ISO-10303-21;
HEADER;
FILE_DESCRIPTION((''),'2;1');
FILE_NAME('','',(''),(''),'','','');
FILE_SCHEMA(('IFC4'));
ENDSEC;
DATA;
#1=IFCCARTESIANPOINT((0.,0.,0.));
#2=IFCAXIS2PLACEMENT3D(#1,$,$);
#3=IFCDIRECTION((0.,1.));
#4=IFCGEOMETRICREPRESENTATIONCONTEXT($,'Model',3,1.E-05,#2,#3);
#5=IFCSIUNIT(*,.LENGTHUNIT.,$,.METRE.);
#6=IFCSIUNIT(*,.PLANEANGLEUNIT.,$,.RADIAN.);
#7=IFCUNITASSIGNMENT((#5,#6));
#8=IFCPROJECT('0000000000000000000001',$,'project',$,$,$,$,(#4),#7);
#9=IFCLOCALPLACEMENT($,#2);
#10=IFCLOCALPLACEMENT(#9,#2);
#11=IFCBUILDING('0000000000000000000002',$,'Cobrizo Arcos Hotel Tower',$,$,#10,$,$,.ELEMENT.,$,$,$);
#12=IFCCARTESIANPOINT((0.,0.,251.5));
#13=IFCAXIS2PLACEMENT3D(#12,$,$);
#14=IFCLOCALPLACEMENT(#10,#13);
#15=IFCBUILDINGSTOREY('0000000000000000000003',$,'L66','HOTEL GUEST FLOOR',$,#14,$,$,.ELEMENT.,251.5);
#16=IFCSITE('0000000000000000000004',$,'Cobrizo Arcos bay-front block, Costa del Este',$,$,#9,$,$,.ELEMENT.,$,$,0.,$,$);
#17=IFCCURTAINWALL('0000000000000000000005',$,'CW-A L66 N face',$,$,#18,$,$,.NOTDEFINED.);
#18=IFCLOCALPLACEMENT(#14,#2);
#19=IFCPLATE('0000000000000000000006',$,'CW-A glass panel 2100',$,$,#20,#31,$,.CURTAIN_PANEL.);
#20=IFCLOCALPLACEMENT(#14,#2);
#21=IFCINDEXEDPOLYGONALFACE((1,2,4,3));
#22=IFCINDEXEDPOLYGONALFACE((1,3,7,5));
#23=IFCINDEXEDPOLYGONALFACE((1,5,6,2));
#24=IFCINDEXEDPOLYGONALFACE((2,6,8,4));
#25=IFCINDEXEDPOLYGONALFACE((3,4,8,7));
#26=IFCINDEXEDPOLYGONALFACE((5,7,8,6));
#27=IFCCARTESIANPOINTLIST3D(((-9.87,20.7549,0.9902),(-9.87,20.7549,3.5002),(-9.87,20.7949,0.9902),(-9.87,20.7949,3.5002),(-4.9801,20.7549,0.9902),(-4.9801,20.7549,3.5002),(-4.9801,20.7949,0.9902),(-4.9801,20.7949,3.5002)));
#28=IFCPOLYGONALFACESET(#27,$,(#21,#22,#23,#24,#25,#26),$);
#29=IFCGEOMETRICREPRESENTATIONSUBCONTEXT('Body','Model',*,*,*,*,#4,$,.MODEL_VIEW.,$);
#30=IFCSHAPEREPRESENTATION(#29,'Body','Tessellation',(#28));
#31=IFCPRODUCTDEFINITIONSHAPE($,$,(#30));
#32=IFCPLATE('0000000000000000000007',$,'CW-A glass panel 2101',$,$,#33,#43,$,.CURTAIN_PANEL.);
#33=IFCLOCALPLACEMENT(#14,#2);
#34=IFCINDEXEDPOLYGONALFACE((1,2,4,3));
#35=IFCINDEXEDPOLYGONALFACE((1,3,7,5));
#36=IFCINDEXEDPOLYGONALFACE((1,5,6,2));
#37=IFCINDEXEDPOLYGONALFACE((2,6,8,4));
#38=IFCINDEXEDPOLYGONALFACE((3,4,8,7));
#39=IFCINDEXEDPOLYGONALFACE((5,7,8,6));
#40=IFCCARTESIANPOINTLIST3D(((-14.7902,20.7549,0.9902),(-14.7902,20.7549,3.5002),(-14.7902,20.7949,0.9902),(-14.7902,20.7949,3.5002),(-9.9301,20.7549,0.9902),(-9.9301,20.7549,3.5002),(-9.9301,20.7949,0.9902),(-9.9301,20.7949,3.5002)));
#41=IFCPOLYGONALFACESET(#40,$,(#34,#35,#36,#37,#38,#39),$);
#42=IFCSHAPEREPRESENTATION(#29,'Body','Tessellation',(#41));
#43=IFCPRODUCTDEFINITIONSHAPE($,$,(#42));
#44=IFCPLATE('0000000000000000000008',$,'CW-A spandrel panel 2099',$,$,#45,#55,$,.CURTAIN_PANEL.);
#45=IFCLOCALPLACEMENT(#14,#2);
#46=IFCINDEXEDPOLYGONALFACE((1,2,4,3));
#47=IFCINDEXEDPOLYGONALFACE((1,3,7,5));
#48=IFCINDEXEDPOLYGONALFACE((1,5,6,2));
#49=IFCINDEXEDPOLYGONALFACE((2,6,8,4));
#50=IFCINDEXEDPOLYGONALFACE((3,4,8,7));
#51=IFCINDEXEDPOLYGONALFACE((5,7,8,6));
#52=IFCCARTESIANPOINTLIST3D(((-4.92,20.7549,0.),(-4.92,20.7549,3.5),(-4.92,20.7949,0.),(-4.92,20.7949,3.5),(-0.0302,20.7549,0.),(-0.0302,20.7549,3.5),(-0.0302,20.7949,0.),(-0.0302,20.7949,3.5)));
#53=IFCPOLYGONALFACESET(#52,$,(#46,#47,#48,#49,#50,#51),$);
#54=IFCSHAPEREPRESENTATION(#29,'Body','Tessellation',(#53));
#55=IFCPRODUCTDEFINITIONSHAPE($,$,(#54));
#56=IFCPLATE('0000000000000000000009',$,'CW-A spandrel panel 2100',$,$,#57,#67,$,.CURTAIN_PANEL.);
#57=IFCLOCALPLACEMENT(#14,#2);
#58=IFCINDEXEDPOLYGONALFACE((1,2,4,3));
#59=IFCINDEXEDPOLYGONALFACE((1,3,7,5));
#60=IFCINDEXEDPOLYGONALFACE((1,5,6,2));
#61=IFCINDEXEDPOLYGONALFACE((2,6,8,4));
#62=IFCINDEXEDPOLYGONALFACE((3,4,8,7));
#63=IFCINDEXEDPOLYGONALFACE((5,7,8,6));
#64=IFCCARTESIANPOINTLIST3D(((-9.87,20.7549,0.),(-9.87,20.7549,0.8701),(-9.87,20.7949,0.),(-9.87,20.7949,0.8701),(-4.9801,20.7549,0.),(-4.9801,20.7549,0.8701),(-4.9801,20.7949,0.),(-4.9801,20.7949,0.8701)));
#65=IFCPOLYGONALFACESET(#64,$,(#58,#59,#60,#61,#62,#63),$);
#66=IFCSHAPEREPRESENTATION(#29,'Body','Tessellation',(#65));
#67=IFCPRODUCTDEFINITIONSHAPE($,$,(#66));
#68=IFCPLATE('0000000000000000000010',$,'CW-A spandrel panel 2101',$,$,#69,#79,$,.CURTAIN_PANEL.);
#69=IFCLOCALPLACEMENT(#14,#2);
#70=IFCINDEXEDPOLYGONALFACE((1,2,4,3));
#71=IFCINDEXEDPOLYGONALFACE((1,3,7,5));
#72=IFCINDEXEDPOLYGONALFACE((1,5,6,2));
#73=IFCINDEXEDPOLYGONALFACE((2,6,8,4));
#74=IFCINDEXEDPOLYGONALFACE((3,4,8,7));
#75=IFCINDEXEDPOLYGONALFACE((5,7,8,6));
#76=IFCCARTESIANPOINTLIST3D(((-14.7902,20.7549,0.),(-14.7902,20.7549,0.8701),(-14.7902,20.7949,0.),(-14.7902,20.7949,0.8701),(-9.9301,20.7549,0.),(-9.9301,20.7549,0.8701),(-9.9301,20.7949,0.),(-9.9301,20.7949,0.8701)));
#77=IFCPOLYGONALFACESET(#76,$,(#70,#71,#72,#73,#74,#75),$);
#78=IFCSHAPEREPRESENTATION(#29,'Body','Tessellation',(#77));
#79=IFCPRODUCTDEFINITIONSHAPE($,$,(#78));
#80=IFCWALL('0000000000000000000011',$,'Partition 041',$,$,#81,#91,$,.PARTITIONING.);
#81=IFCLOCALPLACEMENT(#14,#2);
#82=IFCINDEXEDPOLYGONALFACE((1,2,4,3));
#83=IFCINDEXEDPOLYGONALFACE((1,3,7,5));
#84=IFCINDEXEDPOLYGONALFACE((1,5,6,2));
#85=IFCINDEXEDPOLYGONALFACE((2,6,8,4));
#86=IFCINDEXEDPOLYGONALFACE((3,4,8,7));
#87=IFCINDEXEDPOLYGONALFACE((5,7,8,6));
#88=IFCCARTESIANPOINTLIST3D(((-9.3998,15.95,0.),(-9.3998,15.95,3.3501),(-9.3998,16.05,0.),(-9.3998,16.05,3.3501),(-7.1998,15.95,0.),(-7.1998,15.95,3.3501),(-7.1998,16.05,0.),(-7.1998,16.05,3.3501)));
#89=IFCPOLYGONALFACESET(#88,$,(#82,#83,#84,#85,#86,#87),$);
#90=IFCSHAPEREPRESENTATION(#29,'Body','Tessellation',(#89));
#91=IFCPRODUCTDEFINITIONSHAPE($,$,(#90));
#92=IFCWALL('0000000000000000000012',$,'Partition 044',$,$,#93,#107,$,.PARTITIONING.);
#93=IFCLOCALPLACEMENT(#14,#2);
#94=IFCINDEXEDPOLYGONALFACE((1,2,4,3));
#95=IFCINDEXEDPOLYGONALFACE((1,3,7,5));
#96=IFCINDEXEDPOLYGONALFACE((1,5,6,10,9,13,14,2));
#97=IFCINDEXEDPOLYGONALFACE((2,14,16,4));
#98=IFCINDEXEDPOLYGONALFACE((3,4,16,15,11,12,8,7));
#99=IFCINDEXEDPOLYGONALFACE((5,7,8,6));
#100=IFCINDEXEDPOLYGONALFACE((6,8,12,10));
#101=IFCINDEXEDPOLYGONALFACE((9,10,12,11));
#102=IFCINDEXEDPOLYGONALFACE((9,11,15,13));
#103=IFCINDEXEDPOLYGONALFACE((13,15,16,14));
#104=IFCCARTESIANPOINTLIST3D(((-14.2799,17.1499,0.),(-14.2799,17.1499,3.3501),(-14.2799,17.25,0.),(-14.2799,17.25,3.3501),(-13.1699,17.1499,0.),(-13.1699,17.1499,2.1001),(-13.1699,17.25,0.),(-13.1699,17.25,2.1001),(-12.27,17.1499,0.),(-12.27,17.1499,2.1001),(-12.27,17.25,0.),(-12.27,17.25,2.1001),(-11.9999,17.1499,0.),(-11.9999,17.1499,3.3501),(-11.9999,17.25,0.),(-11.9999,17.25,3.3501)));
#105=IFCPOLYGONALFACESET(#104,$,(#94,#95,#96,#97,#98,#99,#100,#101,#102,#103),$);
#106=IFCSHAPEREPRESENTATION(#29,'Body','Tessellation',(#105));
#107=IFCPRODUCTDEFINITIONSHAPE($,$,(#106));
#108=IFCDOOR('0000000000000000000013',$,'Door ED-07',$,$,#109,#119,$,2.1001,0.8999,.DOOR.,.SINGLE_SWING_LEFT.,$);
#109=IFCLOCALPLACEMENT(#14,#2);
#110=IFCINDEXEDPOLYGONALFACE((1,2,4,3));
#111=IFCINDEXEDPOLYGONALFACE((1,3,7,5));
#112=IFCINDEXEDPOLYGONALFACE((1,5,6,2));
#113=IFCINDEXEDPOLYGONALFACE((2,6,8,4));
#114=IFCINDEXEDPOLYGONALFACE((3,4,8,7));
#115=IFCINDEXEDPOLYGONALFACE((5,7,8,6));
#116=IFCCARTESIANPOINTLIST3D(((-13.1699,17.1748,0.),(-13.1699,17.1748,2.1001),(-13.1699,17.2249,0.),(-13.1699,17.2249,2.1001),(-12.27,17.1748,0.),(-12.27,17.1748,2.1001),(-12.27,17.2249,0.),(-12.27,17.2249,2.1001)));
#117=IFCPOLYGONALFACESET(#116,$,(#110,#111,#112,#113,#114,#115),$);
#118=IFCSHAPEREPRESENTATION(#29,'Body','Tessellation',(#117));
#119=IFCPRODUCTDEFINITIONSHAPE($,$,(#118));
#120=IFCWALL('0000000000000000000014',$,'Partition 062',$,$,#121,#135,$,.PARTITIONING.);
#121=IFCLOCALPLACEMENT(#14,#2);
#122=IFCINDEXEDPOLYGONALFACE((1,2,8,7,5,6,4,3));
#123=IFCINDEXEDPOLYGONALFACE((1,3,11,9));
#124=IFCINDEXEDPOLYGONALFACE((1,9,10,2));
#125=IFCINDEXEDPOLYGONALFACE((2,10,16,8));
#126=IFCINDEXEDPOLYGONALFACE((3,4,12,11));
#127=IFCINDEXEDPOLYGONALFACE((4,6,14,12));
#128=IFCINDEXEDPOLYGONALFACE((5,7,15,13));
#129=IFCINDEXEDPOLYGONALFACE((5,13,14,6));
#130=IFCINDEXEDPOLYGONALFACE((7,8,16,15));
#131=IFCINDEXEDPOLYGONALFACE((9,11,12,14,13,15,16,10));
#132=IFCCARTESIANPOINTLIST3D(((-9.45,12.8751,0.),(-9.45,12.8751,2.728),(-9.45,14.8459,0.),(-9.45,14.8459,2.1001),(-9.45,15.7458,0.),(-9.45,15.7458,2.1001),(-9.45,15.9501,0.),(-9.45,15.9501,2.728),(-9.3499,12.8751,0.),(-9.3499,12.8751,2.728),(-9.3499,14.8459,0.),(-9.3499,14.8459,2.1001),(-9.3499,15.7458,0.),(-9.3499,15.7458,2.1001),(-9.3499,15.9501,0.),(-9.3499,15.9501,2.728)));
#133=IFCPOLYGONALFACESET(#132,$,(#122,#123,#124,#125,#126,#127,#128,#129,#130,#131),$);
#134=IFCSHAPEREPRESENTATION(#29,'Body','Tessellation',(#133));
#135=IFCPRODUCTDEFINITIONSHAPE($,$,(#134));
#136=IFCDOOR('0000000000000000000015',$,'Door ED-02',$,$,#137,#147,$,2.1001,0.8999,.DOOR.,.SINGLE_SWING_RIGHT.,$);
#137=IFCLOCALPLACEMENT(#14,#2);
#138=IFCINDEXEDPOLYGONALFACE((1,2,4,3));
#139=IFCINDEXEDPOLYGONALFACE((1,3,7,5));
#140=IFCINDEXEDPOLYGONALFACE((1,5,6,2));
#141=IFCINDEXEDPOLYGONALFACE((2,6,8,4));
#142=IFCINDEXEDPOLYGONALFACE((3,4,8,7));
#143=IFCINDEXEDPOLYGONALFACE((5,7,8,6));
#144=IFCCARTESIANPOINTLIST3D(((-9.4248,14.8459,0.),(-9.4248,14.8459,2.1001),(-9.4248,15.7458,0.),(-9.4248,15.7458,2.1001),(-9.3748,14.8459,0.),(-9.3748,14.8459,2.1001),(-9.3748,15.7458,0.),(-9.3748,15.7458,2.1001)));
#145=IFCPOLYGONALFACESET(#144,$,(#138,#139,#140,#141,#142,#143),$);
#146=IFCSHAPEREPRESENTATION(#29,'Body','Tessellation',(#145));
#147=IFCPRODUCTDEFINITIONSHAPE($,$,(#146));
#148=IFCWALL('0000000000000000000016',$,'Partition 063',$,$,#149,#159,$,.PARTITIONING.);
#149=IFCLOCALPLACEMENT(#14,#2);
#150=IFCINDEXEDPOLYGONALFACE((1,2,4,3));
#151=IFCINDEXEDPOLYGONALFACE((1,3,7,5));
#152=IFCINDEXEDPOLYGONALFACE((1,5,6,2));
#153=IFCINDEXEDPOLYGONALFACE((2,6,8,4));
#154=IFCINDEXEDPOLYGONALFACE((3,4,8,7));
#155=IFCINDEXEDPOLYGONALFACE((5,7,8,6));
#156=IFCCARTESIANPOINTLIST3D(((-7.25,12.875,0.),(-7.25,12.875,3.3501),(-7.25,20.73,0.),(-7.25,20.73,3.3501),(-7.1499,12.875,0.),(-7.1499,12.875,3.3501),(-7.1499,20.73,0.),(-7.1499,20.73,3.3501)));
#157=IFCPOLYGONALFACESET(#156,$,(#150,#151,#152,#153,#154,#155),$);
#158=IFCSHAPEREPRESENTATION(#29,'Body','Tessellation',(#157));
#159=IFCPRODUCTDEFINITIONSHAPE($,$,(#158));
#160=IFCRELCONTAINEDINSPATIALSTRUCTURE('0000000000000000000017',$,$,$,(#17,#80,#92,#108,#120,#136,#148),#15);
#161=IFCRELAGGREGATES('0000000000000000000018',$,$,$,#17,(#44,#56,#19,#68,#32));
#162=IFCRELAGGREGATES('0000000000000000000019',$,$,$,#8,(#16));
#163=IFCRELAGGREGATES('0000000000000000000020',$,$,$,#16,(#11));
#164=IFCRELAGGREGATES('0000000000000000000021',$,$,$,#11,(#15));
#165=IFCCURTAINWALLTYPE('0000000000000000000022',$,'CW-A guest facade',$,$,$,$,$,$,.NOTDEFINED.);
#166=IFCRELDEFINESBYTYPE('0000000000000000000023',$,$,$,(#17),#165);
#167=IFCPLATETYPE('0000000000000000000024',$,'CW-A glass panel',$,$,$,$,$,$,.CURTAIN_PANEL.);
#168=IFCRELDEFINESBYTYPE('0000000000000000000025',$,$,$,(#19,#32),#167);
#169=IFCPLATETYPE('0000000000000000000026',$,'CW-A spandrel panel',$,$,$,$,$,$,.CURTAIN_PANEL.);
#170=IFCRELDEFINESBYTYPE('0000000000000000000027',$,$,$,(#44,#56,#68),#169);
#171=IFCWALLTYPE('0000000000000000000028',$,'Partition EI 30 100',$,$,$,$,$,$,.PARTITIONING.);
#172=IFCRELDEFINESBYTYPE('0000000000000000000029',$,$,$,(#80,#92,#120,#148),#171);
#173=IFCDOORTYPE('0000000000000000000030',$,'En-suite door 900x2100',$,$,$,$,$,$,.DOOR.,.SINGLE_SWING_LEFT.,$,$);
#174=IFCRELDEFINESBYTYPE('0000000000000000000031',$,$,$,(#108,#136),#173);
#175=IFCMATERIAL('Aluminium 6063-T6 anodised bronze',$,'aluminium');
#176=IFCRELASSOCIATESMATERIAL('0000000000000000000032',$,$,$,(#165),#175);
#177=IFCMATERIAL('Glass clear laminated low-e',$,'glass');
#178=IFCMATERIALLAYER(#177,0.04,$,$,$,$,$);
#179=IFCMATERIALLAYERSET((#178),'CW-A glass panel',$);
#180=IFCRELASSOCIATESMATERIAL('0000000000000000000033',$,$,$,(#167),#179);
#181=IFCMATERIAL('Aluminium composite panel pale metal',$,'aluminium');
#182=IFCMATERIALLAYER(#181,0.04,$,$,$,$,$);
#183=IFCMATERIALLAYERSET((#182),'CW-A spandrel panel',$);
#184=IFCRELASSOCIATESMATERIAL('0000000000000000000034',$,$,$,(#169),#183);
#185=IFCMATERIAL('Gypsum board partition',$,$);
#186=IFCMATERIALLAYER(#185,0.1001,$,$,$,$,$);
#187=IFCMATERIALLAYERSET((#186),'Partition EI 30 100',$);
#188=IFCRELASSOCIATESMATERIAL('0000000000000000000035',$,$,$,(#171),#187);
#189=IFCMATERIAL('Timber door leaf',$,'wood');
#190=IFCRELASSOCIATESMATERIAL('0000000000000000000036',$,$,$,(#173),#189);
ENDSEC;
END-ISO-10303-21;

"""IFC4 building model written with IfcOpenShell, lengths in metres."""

from ifc_helpers import new_model, si_unit, direction, frame, frame_2d, origin, origin_2d, place, context, subcontext, project, spatial, rectangle, extrude, material, layer, layer_set, type_object, element, fill, aggregate, save


model = new_model("IFC4")

# Units and contexts
model_context = context("Model", 3, precision=1e-05, world=origin(), true_north=direction((0.0, 1.0)))
body_context = subcontext(model_context, "Body", "Model", "MODEL_VIEW")
ifc_project = project(units=[si_unit("LENGTHUNIT", "METRE"), si_unit("PLANEANGLEUNIT", "RADIAN")], contexts=[model_context])

# Site, building, storey
site_placement = place(None, origin())
site = spatial("IfcSite", under=ifc_project, at=site_placement, Name="Cobrizo Arcos bay-front block, Costa del Este", CompositionType="ELEMENT", RefElevation=0.0)
building_placement = place(site_placement, origin())
building = spatial("IfcBuilding", under=site, at=building_placement, Name="Cobrizo Arcos Hotel Tower", CompositionType="ELEMENT")
storey_placement = place(building_placement, frame((0.0, 0.0, 251.5)))
storey = spatial("IfcBuildingStorey", under=building, at=storey_placement, Name="L66", Description="HOTEL GUEST FLOOR", CompositionType="ELEMENT", Elevation=251.5)

# Curtain wall
ifc_material_1 = material(Name="Aluminium 6063-T6 anodised bronze", Category="aluminium")
curtain_wall_type = type_object("IfcCurtainWallType", Name="CW-A guest facade", PredefinedType="NOTDEFINED", material=ifc_material_1)
curtain_wall_placement = place(storey_placement, origin())
curtain_wall = element("IfcCurtainWall", 1, at=curtain_wall_placement, inside=storey, type_object=curtain_wall_type, Name="CW-A L66 N face", PredefinedType="NOTDEFINED")

# Plates
ifc_material_2 = material(Name="Glass clear laminated low-e", Category="glass")
ifc_layer_1 = layer(ifc_material_2, 0.04)
ifc_layer_set_1 = layer_set([ifc_layer_1], Name="CW-A glass panel")
plate_type_1 = type_object("IfcPlateType", Name="CW-A glass panel", PredefinedType="CURTAIN_PANEL", material=ifc_layer_set_1)
plate_1_placement = place(storey_placement, frame((-7.425, 20.7749, 0.9902), z_axis=(0.0, 0.0, 1.0), x_axis=(-1.0, 0.0, 0.0)))
plate_1 = element("IfcPlate", 2, at=plate_1_placement, type_object=plate_type_1, Name="CW-A glass panel 2100", PredefinedType="CURTAIN_PANEL", context=body_context, shape_type="SweptSolid", body=[
    extrude(rectangle(XDim=4.8899, YDim=0.04, at=origin_2d()), origin(), (0.0, 0.0, 1.0), 2.51),
])
plate_2_placement = place(storey_placement, frame((-12.3601, 20.7749, 0.9902), z_axis=(0.0, 0.0, 1.0), x_axis=(-1.0, 0.0, 0.0)))
plate_2 = element("IfcPlate", 3, at=plate_2_placement, type_object=plate_type_1, Name="CW-A glass panel 2101", PredefinedType="CURTAIN_PANEL", context=body_context, shape_type="SweptSolid", body=[
    extrude(rectangle(XDim=4.8601, YDim=0.04, at=origin_2d()), origin(), (0.0, 0.0, 1.0), 2.51),
])
ifc_material_3 = material(Name="Aluminium composite panel pale metal", Category="aluminium")
ifc_layer_2 = layer(ifc_material_3, 0.04)
ifc_layer_set_2 = layer_set([ifc_layer_2], Name="CW-A spandrel panel")
plate_type_2 = type_object("IfcPlateType", Name="CW-A spandrel panel", PredefinedType="CURTAIN_PANEL", material=ifc_layer_set_2)
plate_3_placement = place(storey_placement, frame((-2.4751, 20.7749, 0.0), z_axis=(0.0, 0.0, 1.0), x_axis=(-1.0, 0.0, 0.0)))
plate_3 = element("IfcPlate", 4, at=plate_3_placement, type_object=plate_type_2, Name="CW-A spandrel panel 2099", PredefinedType="CURTAIN_PANEL", context=body_context, shape_type="SweptSolid", body=[
    extrude(rectangle(XDim=4.8899, YDim=0.04, at=origin_2d()), origin(), (0.0, 0.0, 1.0), 3.5),
])
plate_4_placement = place(storey_placement, frame((-7.425, 20.7749, 0.0), z_axis=(0.0, 0.0, 1.0), x_axis=(-1.0, 0.0, 0.0)))
plate_4 = element("IfcPlate", 5, at=plate_4_placement, type_object=plate_type_2, Name="CW-A spandrel panel 2100", PredefinedType="CURTAIN_PANEL", context=body_context, shape_type="SweptSolid", body=[
    extrude(rectangle(XDim=4.8899, YDim=0.04, at=origin_2d()), origin(), (0.0, 0.0, 1.0), 0.8701),
])
plate_5_placement = place(storey_placement, frame((-12.3601, 20.7749, 0.0), z_axis=(0.0, 0.0, 1.0), x_axis=(-1.0, 0.0, 0.0)))
plate_5 = element("IfcPlate", 6, at=plate_5_placement, type_object=plate_type_2, Name="CW-A spandrel panel 2101", PredefinedType="CURTAIN_PANEL", context=body_context, shape_type="SweptSolid", body=[
    extrude(rectangle(XDim=4.8601, YDim=0.04, at=origin_2d()), origin(), (0.0, 0.0, 1.0), 0.8701),
])
aggregate(curtain_wall, [plate_3, plate_4, plate_1, plate_5, plate_2])

# Wall
ifc_material_4 = material(Name="Gypsum board partition")
ifc_layer_3 = layer(ifc_material_4, 0.1001)
ifc_layer_set_3 = layer_set([ifc_layer_3], Name="Partition EI 30 100")
wall_type = type_object("IfcWallType", Name="Partition EI 30 100", PredefinedType="PARTITIONING", material=ifc_layer_set_3)
wall_1_placement = place(storey_placement, frame((-9.3999, 16.0, 0.0), z_axis=(0.0, 0.0, 1.0), x_axis=(1.0, 0.0, 0.0)))
element("IfcWall", 7, at=wall_1_placement, inside=storey, type_object=wall_type, Name="Partition 041", PredefinedType="PARTITIONING", context=body_context, shape_type="SweptSolid", body=[
    extrude(rectangle(XDim=2.2, YDim=0.1001, at=frame_2d((1.1001, 0.0))), origin(), (0.0, 0.0, 1.0), 3.3501),
])

# Walls, openings, doors
wall_2_placement = place(storey_placement, frame((-14.28, 17.2, 0.0), z_axis=(0.0, 0.0, 1.0), x_axis=(1.0, 0.0, 0.0)))
wall_2 = element("IfcWall", 8, at=wall_2_placement, inside=storey, type_object=wall_type, Name="Partition 044", PredefinedType="PARTITIONING", context=body_context, shape_type="SweptSolid", body=[
    extrude(rectangle(XDim=2.28, YDim=0.1001, at=frame_2d((1.1401, 0.0))), origin(), (0.0, 0.0, 1.0), 3.3501),
])
opening_1_placement = place(wall_2_placement, frame((1.1101, 0.0, 0.0)))
opening_1 = element("IfcOpeningElement", 9, at=opening_1_placement, cuts=wall_2, PredefinedType="OPENING", context=body_context, shape_type="SweptSolid", body=[
    extrude(rectangle(XDim=0.8999, YDim=2.1001, at=frame_2d((0.45, 1.05))), frame((0.0, 0.062, 0.0), z_axis=(0.0, -1.0, 0.0), x_axis=(1.0, 0.0, 0.0)), (0.0, 0.0, 1.0), 0.124),
])
ifc_material_5 = material(Name="Timber door leaf", Category="wood")
door_type_1 = type_object("IfcDoorType", Name="En-suite door 900x2100", OperationType="SINGLE_SWING_LEFT", PredefinedType="DOOR", material=ifc_material_5)
door_1_placement = place(opening_1_placement, origin())
door_1 = element("IfcDoor", 10, at=door_1_placement, inside=storey, type_object=door_type_1, Name="Door ED-07", OperationType="SINGLE_SWING_LEFT", OverallHeight=2.1001, OverallWidth=0.8999, PredefinedType="DOOR", context=body_context, shape_type="SweptSolid", body=[
    extrude(rectangle(XDim=0.8999, YDim=2.1001, at=frame_2d((0.45, 1.05))), frame((0.0, 0.0249, 0.0), z_axis=(0.0, -1.0, 0.0), x_axis=(1.0, 0.0, 0.0)), (0.0, 0.0, 1.0), 0.05),
])
fill(opening_1, door_1)
wall_3_placement = place(storey_placement, frame((-9.3999, 12.875, 0.0), z_axis=(0.0, 0.0, 1.0), x_axis=(0.0, 1.0, 0.0)))
wall_3 = element("IfcWall", 11, at=wall_3_placement, inside=storey, type_object=wall_type, Name="Partition 062", PredefinedType="PARTITIONING", context=body_context, shape_type="SweptSolid", body=[
    extrude(rectangle(XDim=3.075, YDim=0.1001, at=frame_2d((1.5376, 0.0))), origin(), (0.0, 0.0, 1.0), 2.728),
])
opening_2_placement = place(wall_3_placement, frame((1.9709, 0.0, 0.0)))
opening_2 = element("IfcOpeningElement", 12, at=opening_2_placement, cuts=wall_3, PredefinedType="OPENING", context=body_context, shape_type="SweptSolid", body=[
    extrude(rectangle(XDim=0.8999, YDim=2.1001, at=frame_2d((0.45, 1.05))), frame((0.0, 0.062, 0.0), z_axis=(0.0, -1.0, 0.0), x_axis=(1.0, 0.0, 0.0)), (0.0, 0.0, 1.0), 0.124),
])
door_2_placement = place(opening_2_placement, origin())
door_2 = element("IfcDoor", 13, at=door_2_placement, inside=storey, type_object=door_type_1, Name="Door ED-02", OperationType="SINGLE_SWING_RIGHT", OverallHeight=2.1001, OverallWidth=0.8999, PredefinedType="DOOR", context=body_context, shape_type="SweptSolid", body=[
    extrude(rectangle(XDim=0.8999, YDim=2.1001, at=frame_2d((0.45, 1.05))), frame((0.0, 0.0249, 0.0), z_axis=(0.0, -1.0, 0.0), x_axis=(1.0, 0.0, 0.0)), (0.0, 0.0, 1.0), 0.05),
])
fill(opening_2, door_2)

# Wall
wall_4_placement = place(storey_placement, frame((-7.2, 12.875, 0.0), z_axis=(0.0, 0.0, 1.0), x_axis=(0.0, 1.0, 0.0)))
element("IfcWall", 14, at=wall_4_placement, inside=storey, type_object=wall_type, Name="Partition 063", PredefinedType="PARTITIONING", context=body_context, shape_type="SweptSolid", body=[
    extrude(rectangle(XDim=7.855, YDim=0.1001, at=frame_2d((3.9275, 0.0))), origin(), (0.0, 0.0, 1.0), 3.3501),
])

save(model, "model.ifc")
